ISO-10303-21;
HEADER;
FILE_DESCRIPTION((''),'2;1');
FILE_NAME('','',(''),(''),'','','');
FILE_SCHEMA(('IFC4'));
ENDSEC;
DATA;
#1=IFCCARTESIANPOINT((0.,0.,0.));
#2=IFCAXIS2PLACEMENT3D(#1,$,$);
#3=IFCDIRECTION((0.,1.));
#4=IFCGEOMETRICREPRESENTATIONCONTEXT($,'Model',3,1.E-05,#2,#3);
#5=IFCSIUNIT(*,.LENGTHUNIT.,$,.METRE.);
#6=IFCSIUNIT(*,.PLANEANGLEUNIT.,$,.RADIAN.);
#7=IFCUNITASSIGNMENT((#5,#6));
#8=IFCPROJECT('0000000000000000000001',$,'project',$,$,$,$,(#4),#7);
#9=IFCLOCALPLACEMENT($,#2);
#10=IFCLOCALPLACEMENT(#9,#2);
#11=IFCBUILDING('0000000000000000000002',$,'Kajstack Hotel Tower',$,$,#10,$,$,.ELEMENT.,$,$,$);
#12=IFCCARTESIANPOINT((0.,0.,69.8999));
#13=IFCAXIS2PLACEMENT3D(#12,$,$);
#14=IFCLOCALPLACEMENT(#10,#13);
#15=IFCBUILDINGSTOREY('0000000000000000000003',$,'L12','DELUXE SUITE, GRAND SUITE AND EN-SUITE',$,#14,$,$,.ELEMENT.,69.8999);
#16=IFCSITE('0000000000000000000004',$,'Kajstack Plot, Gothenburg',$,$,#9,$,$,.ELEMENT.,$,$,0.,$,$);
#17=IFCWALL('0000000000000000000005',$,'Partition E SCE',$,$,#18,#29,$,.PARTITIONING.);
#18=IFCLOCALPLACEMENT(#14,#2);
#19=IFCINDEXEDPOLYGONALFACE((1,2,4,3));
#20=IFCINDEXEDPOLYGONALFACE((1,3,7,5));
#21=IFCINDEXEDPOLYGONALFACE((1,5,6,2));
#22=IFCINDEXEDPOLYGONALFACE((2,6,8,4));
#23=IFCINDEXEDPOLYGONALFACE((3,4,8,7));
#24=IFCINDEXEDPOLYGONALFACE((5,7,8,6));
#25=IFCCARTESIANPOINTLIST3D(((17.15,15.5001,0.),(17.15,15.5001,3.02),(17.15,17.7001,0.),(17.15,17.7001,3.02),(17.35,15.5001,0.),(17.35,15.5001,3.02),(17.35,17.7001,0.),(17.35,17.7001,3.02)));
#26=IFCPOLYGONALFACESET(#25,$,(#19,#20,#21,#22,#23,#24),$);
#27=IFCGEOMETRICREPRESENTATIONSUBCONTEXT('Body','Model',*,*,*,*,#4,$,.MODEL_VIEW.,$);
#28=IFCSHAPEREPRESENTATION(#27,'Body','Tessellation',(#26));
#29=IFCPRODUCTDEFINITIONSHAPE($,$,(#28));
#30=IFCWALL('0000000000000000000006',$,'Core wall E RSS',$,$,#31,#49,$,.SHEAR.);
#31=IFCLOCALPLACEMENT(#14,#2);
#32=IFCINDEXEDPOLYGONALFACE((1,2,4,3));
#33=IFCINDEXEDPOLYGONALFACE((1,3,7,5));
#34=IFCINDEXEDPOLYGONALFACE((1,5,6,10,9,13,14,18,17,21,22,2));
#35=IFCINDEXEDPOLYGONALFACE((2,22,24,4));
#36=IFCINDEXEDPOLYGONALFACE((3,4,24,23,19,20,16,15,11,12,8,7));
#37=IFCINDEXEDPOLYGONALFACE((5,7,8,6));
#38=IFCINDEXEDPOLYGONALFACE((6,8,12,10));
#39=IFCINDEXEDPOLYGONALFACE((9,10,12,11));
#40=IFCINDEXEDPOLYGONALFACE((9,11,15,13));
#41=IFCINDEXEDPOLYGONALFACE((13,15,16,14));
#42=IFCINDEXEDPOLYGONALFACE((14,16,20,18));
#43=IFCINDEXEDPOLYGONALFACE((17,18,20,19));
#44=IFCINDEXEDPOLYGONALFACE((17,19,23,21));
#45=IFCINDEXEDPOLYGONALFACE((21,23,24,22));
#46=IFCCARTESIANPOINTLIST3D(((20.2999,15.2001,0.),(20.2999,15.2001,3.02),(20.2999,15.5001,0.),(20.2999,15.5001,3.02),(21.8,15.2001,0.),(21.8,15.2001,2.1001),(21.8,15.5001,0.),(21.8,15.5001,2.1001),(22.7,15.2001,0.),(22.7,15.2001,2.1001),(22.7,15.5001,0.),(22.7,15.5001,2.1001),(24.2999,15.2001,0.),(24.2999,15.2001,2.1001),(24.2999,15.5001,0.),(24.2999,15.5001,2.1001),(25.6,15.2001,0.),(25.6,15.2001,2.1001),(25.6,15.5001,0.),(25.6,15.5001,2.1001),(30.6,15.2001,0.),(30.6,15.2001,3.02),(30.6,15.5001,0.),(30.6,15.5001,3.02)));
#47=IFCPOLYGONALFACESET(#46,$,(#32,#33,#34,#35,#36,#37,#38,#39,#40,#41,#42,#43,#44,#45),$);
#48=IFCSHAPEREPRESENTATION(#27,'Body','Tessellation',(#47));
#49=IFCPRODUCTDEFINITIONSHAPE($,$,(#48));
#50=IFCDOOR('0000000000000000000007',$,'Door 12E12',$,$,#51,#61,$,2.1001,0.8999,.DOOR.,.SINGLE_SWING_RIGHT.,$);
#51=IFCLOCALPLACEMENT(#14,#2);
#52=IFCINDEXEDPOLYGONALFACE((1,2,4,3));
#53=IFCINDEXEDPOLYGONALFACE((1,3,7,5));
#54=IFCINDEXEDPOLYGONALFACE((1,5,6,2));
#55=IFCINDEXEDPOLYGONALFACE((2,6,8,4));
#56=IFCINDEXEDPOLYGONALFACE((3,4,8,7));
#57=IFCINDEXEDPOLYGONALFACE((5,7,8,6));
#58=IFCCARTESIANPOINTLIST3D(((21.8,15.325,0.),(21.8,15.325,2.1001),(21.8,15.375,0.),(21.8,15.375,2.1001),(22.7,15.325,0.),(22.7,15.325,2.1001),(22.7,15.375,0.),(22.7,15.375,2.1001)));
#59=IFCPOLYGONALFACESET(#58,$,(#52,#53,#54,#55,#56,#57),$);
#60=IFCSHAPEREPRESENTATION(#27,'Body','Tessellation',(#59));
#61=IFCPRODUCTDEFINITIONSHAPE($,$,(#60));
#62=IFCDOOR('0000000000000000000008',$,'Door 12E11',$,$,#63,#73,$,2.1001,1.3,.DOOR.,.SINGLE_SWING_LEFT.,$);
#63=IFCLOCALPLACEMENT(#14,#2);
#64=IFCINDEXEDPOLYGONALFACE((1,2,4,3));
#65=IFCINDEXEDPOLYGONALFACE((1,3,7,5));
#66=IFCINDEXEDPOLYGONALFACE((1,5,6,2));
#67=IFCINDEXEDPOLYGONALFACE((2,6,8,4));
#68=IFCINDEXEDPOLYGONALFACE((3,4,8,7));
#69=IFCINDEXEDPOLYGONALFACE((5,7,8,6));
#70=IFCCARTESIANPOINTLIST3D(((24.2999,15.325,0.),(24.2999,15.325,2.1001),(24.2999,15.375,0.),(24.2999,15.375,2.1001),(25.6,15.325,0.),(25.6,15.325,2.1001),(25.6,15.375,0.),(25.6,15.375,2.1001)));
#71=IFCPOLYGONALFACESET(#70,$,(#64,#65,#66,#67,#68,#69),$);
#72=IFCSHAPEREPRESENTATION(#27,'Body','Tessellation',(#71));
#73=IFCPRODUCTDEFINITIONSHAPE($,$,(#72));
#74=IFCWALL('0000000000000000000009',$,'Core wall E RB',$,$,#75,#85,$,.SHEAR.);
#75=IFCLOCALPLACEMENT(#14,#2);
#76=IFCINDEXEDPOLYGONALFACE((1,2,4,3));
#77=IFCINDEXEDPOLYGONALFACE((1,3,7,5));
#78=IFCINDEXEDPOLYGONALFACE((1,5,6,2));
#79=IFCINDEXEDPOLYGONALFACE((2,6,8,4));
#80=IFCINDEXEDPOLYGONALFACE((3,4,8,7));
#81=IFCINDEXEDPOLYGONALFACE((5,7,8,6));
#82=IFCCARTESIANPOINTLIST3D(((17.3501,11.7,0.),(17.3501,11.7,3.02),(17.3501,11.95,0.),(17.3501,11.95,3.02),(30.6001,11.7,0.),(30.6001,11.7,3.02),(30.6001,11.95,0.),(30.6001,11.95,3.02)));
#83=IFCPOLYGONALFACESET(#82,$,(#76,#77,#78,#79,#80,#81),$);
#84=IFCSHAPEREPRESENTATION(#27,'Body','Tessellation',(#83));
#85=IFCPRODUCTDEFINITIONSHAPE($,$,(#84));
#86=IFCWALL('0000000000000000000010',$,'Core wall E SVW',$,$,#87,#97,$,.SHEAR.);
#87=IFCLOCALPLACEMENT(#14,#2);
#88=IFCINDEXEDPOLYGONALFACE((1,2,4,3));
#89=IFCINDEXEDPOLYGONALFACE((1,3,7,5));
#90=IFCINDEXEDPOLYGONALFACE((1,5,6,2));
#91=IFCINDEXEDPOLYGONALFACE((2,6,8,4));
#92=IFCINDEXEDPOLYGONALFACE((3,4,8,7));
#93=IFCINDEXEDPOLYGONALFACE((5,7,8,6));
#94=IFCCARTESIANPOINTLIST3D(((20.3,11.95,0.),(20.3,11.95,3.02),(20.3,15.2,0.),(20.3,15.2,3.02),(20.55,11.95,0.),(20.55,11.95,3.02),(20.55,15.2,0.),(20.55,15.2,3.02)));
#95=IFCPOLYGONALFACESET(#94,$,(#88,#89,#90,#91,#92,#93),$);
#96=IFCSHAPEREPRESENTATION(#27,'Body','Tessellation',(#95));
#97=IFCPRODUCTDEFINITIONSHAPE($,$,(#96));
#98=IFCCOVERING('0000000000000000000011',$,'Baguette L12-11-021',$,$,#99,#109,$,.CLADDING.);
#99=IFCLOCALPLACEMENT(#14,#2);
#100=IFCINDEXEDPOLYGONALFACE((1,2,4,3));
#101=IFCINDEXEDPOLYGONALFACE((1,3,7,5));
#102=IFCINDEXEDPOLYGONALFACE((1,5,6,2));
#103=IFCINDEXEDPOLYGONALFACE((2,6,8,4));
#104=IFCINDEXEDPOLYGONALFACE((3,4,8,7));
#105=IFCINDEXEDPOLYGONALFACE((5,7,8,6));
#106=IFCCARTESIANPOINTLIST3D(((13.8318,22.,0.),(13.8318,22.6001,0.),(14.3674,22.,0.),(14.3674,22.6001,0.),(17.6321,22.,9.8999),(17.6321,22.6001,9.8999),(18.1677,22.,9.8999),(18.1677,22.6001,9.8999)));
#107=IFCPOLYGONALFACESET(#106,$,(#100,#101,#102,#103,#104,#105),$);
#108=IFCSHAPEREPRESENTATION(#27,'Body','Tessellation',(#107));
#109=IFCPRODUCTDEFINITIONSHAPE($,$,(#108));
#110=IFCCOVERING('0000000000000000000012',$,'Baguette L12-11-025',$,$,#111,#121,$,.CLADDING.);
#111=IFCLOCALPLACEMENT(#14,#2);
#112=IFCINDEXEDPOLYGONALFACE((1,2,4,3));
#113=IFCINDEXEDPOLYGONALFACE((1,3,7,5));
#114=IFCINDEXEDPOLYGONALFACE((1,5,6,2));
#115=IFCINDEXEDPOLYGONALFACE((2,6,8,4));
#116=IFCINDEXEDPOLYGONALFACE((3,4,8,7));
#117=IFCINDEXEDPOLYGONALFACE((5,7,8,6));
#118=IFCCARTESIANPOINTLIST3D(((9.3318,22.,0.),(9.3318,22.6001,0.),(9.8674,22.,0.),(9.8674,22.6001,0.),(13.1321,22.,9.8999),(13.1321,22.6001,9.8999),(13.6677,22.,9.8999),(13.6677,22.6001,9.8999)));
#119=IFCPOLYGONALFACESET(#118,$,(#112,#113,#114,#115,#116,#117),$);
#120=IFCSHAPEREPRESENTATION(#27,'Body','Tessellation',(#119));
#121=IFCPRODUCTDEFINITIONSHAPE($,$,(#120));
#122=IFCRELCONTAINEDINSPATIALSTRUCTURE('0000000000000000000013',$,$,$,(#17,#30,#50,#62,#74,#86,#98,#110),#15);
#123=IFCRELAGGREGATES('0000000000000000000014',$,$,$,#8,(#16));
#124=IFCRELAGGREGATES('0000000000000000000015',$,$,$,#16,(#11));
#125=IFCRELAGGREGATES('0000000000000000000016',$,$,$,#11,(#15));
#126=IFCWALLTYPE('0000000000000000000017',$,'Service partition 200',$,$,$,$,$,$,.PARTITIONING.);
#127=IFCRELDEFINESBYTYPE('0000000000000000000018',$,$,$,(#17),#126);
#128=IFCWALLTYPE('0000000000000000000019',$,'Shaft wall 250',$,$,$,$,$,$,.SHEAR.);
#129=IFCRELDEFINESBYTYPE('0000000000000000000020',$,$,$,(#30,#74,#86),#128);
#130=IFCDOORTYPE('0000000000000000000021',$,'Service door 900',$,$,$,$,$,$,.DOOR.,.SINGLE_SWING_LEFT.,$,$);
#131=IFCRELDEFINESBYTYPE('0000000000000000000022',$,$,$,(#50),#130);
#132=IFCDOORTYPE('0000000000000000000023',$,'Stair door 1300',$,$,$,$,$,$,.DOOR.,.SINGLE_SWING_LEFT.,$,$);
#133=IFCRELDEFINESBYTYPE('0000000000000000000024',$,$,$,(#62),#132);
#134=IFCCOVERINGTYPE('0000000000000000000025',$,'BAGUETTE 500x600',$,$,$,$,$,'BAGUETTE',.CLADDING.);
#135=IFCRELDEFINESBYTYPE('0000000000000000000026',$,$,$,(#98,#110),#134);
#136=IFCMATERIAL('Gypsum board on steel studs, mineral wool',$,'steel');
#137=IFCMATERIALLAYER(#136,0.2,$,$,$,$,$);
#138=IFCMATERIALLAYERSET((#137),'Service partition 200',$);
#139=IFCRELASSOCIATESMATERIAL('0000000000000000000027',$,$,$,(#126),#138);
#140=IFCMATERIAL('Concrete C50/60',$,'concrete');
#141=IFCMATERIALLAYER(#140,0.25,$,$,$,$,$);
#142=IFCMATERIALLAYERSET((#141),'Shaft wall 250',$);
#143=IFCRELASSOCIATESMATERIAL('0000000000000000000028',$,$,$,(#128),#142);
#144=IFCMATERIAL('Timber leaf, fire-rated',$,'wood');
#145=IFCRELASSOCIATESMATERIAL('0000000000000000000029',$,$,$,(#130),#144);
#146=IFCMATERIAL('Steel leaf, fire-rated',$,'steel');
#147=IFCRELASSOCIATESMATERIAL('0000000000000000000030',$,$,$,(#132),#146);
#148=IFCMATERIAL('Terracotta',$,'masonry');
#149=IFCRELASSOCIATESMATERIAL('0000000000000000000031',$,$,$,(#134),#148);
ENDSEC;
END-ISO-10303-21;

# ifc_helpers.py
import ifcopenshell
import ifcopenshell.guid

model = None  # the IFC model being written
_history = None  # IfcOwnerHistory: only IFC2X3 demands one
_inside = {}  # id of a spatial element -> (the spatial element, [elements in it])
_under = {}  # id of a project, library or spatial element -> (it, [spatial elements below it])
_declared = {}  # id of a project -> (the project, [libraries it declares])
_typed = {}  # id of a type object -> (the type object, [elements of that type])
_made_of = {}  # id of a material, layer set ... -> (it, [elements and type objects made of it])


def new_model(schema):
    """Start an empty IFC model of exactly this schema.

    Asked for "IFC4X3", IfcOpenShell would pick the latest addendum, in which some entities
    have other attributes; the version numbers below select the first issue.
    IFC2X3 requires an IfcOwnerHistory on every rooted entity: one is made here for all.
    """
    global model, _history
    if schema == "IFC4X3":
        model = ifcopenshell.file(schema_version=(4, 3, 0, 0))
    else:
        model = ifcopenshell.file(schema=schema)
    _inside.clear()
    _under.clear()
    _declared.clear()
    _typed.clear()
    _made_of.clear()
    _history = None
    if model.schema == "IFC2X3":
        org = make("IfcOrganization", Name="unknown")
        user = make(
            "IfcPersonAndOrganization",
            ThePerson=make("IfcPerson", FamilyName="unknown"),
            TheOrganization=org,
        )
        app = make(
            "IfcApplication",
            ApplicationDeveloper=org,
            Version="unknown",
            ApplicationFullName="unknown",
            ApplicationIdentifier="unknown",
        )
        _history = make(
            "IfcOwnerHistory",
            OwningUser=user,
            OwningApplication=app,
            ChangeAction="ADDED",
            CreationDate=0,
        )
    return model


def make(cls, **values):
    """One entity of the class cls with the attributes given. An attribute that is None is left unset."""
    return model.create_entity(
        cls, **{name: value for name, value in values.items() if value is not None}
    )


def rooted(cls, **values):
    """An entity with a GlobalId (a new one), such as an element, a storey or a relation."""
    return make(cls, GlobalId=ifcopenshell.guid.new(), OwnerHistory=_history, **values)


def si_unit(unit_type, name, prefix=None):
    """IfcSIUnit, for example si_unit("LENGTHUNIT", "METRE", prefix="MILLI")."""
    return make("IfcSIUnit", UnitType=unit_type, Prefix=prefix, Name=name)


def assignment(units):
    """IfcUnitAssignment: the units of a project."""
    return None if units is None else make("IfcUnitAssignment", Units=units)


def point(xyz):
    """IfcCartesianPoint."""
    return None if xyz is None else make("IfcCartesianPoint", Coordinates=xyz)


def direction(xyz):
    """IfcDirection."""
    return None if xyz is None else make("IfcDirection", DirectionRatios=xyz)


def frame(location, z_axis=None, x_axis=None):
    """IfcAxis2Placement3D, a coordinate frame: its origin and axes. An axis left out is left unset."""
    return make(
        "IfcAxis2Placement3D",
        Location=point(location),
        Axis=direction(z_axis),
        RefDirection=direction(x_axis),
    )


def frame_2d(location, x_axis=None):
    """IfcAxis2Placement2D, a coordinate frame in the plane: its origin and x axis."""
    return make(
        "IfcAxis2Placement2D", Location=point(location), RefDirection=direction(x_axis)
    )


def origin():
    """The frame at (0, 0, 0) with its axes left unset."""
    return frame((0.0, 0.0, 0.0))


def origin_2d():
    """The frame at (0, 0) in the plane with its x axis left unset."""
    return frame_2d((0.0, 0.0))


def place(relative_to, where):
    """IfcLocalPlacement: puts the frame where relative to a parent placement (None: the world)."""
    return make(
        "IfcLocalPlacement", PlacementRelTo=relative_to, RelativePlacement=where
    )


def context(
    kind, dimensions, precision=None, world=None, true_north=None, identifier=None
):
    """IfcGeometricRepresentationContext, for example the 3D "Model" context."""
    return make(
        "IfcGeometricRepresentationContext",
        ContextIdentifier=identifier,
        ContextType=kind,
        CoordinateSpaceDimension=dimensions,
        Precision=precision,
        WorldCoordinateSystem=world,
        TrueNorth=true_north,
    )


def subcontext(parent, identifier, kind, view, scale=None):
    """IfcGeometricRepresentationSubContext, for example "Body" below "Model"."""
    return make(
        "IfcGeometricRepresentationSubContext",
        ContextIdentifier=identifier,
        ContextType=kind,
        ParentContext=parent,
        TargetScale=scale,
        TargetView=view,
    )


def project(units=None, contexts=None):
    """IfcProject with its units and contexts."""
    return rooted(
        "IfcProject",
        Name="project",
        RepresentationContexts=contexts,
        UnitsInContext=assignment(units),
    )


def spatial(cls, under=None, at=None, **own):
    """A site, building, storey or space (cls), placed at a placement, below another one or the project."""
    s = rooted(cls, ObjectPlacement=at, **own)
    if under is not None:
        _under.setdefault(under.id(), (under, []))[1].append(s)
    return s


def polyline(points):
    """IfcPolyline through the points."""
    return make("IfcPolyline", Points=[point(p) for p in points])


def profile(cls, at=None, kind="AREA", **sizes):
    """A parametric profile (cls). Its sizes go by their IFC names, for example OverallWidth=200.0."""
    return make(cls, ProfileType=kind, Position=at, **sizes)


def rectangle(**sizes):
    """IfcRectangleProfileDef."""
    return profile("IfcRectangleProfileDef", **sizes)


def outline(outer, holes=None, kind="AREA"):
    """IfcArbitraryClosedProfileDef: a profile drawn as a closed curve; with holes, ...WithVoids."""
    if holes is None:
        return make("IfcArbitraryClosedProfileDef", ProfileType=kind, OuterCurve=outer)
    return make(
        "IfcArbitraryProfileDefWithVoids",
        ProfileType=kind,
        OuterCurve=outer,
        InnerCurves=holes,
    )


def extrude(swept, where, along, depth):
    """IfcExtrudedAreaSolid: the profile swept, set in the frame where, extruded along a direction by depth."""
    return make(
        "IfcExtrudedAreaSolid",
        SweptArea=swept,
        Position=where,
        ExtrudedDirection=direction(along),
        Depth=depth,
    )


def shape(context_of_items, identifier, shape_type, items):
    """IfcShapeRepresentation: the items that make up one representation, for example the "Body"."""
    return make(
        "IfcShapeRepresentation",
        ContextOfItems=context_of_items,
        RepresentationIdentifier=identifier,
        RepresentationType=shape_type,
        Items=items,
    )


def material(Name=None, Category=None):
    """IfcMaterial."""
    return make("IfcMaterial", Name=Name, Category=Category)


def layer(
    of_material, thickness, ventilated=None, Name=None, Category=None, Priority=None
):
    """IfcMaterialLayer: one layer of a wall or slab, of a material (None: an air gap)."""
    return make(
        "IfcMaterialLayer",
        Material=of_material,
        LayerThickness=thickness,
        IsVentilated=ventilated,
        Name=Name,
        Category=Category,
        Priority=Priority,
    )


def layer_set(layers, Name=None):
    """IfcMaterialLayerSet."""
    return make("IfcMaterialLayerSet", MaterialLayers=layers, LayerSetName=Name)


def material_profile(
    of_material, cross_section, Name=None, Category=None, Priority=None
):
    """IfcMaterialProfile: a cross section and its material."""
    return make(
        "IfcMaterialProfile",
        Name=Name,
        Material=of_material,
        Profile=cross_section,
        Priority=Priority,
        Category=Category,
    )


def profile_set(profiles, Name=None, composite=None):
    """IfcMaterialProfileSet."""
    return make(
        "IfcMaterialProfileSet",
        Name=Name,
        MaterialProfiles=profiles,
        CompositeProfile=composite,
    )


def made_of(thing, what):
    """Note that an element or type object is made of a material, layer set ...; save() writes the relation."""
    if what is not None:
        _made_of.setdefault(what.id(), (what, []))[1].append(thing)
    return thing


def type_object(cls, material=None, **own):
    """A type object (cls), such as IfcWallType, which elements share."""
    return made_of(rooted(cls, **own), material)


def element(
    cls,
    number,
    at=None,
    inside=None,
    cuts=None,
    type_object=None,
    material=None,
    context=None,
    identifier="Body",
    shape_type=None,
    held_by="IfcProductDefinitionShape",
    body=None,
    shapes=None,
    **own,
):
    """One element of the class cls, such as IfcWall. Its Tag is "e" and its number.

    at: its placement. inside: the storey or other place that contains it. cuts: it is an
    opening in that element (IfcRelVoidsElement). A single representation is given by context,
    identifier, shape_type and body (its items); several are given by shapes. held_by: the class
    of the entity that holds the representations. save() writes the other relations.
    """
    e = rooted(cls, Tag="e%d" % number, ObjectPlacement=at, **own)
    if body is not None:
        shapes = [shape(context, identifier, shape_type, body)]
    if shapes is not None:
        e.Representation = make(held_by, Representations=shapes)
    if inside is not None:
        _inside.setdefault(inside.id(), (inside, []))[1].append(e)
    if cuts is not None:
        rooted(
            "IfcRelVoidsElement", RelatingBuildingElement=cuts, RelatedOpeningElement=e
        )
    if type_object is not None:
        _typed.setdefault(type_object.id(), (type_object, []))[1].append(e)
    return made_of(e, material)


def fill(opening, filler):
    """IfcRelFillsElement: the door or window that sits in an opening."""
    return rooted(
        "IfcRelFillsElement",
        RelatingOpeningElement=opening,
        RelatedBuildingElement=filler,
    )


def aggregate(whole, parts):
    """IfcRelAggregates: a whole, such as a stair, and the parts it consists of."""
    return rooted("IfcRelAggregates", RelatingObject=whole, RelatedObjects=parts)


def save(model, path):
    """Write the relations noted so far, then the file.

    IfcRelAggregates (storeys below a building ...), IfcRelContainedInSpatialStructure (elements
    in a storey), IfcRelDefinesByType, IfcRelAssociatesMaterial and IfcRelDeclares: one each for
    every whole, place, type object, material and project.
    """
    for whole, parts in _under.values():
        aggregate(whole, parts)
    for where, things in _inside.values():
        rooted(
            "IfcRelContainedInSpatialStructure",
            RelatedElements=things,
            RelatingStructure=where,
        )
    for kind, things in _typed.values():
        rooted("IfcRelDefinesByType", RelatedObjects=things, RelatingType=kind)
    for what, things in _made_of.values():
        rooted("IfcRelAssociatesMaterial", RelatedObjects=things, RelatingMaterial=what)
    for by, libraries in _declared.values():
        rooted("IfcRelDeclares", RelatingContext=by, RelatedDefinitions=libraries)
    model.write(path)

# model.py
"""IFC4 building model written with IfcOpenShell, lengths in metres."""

from ifc_helpers import new_model, si_unit, direction, frame, frame_2d, origin, origin_2d, place, context, subcontext, project, spatial, polyline, rectangle, outline, extrude, material, layer, layer_set, material_profile, profile_set, type_object, element, fill, save


model = new_model("IFC4")

# Units and contexts
model_context = context("Model", 3, precision=1e-05, world=origin(), true_north=direction((0.0, 1.0)))
body_context = subcontext(model_context, "Body", "Model", "MODEL_VIEW")
ifc_project = project(units=[si_unit("LENGTHUNIT", "METRE"), si_unit("PLANEANGLEUNIT", "RADIAN")], contexts=[model_context])

# Site, building, storey
site_placement = place(None, origin())
site = spatial("IfcSite", under=ifc_project, at=site_placement, Name="Kajstack Plot, Gothenburg", CompositionType="ELEMENT", RefElevation=0.0)
building_placement = place(site_placement, origin())
building = spatial("IfcBuilding", under=site, at=building_placement, Name="Kajstack Hotel Tower", CompositionType="ELEMENT")
storey_placement = place(building_placement, frame((0.0, 0.0, 69.8999)))
storey = spatial("IfcBuildingStorey", under=building, at=storey_placement, Name="L12", Description="DELUXE SUITE, GRAND SUITE AND EN-SUITE", CompositionType="ELEMENT", Elevation=69.8999)

# Wall
ifc_material_1 = material(Name="Gypsum board on steel studs, mineral wool", Category="steel")
ifc_layer_1 = layer(ifc_material_1, 0.2)
ifc_layer_set_1 = layer_set([ifc_layer_1], Name="Service partition 200")
wall_type_1 = type_object("IfcWallType", Name="Service partition 200", PredefinedType="PARTITIONING", material=ifc_layer_set_1)
wall_1_placement = place(storey_placement, frame((17.25, 15.5, 0.0), z_axis=(0.0, 0.0, 1.0), x_axis=(0.0, 1.0, 0.0)))
element("IfcWall", 1, at=wall_1_placement, inside=storey, type_object=wall_type_1, Name="Partition E SCE", PredefinedType="PARTITIONING", context=body_context, shape_type="SweptSolid", body=[
    extrude(rectangle(XDim=2.2, YDim=0.2, at=frame_2d((1.1001, 0.0))), origin(), (0.0, 0.0, 1.0), 3.02),
])

# Wall, openings, doors
ifc_material_2 = material(Name="Concrete C50/60", Category="concrete")
ifc_layer_2 = layer(ifc_material_2, 0.25)
ifc_layer_set_2 = layer_set([ifc_layer_2], Name="Shaft wall 250")
wall_type_2 = type_object("IfcWallType", Name="Shaft wall 250", PredefinedType="SHEAR", material=ifc_layer_set_2)
wall_2_placement = place(storey_placement, frame((20.3, 15.3501, 0.0), z_axis=(0.0, 0.0, 1.0), x_axis=(1.0, 0.0, 0.0)))
wall_2 = element("IfcWall", 2, at=wall_2_placement, inside=storey, type_object=wall_type_2, Name="Core wall E RSS", PredefinedType="SHEAR", context=body_context, shape_type="SweptSolid", body=[
    extrude(rectangle(XDim=10.3, YDim=0.3, at=frame_2d((5.1499, 0.0))), origin(), (0.0, 0.0, 1.0), 3.02),
])
opening_1_placement = place(wall_2_placement, frame((4.0, 0.0, 0.0)))
opening_1 = element("IfcOpeningElement", 3, at=opening_1_placement, cuts=wall_2, PredefinedType="OPENING", context=body_context, shape_type="SweptSolid", body=[
    extrude(rectangle(XDim=1.3, YDim=2.1001, at=frame_2d((0.6499, 1.05))), frame((0.0, 0.1599, 0.0), z_axis=(0.0, -1.0, 0.0), x_axis=(1.0, 0.0, 0.0)), (0.0, 0.0, 1.0), 0.3201),
])
opening_2_placement = place(wall_2_placement, frame((1.5, 0.0, 0.0)))
opening_2 = element("IfcOpeningElement", 4, at=opening_2_placement, cuts=wall_2, PredefinedType="OPENING", context=body_context, shape_type="SweptSolid", body=[
    extrude(rectangle(XDim=0.8999, YDim=2.1001, at=frame_2d((0.45, 1.05))), frame((0.0, 0.1599, 0.0), z_axis=(0.0, -1.0, 0.0), x_axis=(1.0, 0.0, 0.0)), (0.0, 0.0, 1.0), 0.3201),
])
ifc_material_3 = material(Name="Timber leaf, fire-rated", Category="wood")
door_type_1 = type_object("IfcDoorType", Name="Service door 900", OperationType="SINGLE_SWING_LEFT", PredefinedType="DOOR", material=ifc_material_3)
door_1_placement = place(opening_2_placement, origin())
door_1 = element("IfcDoor", 5, at=door_1_placement, inside=storey, type_object=door_type_1, Name="Door 12E12", OperationType="SINGLE_SWING_RIGHT", OverallHeight=2.1001, OverallWidth=0.8999, PredefinedType="DOOR", context=body_context, shape_type="SweptSolid", body=[
    extrude(rectangle(XDim=0.8999, YDim=2.1001, at=frame_2d((0.45, 1.05))), frame((0.0, 0.0249, 0.0), z_axis=(0.0, -1.0, 0.0), x_axis=(1.0, 0.0, 0.0)), (0.0, 0.0, 1.0), 0.05),
])
fill(opening_2, door_1)
ifc_material_4 = material(Name="Steel leaf, fire-rated", Category="steel")
door_type_2 = type_object("IfcDoorType", Name="Stair door 1300", OperationType="SINGLE_SWING_LEFT", PredefinedType="DOOR", material=ifc_material_4)
door_2_placement = place(opening_1_placement, origin())
door_2 = element("IfcDoor", 6, at=door_2_placement, inside=storey, type_object=door_type_2, Name="Door 12E11", OperationType="SINGLE_SWING_LEFT", OverallHeight=2.1001, OverallWidth=1.3, PredefinedType="DOOR", context=body_context, shape_type="SweptSolid", body=[
    extrude(rectangle(XDim=1.3, YDim=2.1001, at=frame_2d((0.6499, 1.05))), frame((0.0, 0.0249, 0.0), z_axis=(0.0, -1.0, 0.0), x_axis=(1.0, 0.0, 0.0)), (0.0, 0.0, 1.0), 0.05),
])
fill(opening_1, door_2)

# Walls
wall_3_placement = place(storey_placement, frame((17.3501, 11.825, 0.0), z_axis=(0.0, 0.0, 1.0), x_axis=(1.0, 0.0, 0.0)))
element("IfcWall", 7, at=wall_3_placement, inside=storey, type_object=wall_type_2, Name="Core wall E RB", PredefinedType="SHEAR", context=body_context, shape_type="SweptSolid", body=[
    extrude(rectangle(XDim=13.25, YDim=0.25, at=frame_2d((6.625, 0.0))), origin(), (0.0, 0.0, 1.0), 3.02),
])
wall_4_placement = place(storey_placement, frame((20.425, 11.95, 0.0), z_axis=(0.0, 0.0, 1.0), x_axis=(0.0, 1.0, 0.0)))
element("IfcWall", 8, at=wall_4_placement, inside=storey, type_object=wall_type_2, Name="Core wall E SVW", PredefinedType="SHEAR", context=body_context, shape_type="SweptSolid", body=[
    extrude(rectangle(XDim=3.25, YDim=0.25, at=frame_2d((1.625, 0.0))), origin(), (0.0, 0.0, 1.0), 3.02),
])

# Coverings
ifc_material_5 = material(Name="Terracotta", Category="masonry")
ifc_material_profile = material_profile(ifc_material_5, rectangle(XDim=0.6001, YDim=0.5, at=origin_2d()), Name="Terracotta-clad concrete baguette 500 x 600")
ifc_profile_set = profile_set([ifc_material_profile], Name="Terracotta")
covering_type = type_object("IfcCoveringType", Name="BAGUETTE 500x600", ElementType="BAGUETTE", PredefinedType="CLADDING", material=ifc_profile_set)
for number, where, z_axis, x_axis, name in (
    (9, (18.1677, 22.0, 0.0), (0.0, 1.0, 0.0), (-1.0, 0.0, 0.0), "Baguette L12-11-021"),
    (10, (13.6677, 22.0, 0.0), (0.0, 1.0, 0.0), (-1.0, 0.0, 0.0), "Baguette L12-11-025"),
):
    element("IfcCovering", number, at=place(storey_placement, frame(where, z_axis=z_axis, x_axis=x_axis)), inside=storey, type_object=covering_type, Name=name, PredefinedType="CLADDING", context=body_context, shape_type="SweptSolid", body=[
        extrude(outline(polyline([(0.0, 9.8999), (3.8003, 0.0), (4.3359, 0.0), (0.5356, 9.8999), (0.0, 9.8999)])), origin(), (0.0, 0.0, 1.0), 0.6001),
    ])

save(model, "model.ifc")
